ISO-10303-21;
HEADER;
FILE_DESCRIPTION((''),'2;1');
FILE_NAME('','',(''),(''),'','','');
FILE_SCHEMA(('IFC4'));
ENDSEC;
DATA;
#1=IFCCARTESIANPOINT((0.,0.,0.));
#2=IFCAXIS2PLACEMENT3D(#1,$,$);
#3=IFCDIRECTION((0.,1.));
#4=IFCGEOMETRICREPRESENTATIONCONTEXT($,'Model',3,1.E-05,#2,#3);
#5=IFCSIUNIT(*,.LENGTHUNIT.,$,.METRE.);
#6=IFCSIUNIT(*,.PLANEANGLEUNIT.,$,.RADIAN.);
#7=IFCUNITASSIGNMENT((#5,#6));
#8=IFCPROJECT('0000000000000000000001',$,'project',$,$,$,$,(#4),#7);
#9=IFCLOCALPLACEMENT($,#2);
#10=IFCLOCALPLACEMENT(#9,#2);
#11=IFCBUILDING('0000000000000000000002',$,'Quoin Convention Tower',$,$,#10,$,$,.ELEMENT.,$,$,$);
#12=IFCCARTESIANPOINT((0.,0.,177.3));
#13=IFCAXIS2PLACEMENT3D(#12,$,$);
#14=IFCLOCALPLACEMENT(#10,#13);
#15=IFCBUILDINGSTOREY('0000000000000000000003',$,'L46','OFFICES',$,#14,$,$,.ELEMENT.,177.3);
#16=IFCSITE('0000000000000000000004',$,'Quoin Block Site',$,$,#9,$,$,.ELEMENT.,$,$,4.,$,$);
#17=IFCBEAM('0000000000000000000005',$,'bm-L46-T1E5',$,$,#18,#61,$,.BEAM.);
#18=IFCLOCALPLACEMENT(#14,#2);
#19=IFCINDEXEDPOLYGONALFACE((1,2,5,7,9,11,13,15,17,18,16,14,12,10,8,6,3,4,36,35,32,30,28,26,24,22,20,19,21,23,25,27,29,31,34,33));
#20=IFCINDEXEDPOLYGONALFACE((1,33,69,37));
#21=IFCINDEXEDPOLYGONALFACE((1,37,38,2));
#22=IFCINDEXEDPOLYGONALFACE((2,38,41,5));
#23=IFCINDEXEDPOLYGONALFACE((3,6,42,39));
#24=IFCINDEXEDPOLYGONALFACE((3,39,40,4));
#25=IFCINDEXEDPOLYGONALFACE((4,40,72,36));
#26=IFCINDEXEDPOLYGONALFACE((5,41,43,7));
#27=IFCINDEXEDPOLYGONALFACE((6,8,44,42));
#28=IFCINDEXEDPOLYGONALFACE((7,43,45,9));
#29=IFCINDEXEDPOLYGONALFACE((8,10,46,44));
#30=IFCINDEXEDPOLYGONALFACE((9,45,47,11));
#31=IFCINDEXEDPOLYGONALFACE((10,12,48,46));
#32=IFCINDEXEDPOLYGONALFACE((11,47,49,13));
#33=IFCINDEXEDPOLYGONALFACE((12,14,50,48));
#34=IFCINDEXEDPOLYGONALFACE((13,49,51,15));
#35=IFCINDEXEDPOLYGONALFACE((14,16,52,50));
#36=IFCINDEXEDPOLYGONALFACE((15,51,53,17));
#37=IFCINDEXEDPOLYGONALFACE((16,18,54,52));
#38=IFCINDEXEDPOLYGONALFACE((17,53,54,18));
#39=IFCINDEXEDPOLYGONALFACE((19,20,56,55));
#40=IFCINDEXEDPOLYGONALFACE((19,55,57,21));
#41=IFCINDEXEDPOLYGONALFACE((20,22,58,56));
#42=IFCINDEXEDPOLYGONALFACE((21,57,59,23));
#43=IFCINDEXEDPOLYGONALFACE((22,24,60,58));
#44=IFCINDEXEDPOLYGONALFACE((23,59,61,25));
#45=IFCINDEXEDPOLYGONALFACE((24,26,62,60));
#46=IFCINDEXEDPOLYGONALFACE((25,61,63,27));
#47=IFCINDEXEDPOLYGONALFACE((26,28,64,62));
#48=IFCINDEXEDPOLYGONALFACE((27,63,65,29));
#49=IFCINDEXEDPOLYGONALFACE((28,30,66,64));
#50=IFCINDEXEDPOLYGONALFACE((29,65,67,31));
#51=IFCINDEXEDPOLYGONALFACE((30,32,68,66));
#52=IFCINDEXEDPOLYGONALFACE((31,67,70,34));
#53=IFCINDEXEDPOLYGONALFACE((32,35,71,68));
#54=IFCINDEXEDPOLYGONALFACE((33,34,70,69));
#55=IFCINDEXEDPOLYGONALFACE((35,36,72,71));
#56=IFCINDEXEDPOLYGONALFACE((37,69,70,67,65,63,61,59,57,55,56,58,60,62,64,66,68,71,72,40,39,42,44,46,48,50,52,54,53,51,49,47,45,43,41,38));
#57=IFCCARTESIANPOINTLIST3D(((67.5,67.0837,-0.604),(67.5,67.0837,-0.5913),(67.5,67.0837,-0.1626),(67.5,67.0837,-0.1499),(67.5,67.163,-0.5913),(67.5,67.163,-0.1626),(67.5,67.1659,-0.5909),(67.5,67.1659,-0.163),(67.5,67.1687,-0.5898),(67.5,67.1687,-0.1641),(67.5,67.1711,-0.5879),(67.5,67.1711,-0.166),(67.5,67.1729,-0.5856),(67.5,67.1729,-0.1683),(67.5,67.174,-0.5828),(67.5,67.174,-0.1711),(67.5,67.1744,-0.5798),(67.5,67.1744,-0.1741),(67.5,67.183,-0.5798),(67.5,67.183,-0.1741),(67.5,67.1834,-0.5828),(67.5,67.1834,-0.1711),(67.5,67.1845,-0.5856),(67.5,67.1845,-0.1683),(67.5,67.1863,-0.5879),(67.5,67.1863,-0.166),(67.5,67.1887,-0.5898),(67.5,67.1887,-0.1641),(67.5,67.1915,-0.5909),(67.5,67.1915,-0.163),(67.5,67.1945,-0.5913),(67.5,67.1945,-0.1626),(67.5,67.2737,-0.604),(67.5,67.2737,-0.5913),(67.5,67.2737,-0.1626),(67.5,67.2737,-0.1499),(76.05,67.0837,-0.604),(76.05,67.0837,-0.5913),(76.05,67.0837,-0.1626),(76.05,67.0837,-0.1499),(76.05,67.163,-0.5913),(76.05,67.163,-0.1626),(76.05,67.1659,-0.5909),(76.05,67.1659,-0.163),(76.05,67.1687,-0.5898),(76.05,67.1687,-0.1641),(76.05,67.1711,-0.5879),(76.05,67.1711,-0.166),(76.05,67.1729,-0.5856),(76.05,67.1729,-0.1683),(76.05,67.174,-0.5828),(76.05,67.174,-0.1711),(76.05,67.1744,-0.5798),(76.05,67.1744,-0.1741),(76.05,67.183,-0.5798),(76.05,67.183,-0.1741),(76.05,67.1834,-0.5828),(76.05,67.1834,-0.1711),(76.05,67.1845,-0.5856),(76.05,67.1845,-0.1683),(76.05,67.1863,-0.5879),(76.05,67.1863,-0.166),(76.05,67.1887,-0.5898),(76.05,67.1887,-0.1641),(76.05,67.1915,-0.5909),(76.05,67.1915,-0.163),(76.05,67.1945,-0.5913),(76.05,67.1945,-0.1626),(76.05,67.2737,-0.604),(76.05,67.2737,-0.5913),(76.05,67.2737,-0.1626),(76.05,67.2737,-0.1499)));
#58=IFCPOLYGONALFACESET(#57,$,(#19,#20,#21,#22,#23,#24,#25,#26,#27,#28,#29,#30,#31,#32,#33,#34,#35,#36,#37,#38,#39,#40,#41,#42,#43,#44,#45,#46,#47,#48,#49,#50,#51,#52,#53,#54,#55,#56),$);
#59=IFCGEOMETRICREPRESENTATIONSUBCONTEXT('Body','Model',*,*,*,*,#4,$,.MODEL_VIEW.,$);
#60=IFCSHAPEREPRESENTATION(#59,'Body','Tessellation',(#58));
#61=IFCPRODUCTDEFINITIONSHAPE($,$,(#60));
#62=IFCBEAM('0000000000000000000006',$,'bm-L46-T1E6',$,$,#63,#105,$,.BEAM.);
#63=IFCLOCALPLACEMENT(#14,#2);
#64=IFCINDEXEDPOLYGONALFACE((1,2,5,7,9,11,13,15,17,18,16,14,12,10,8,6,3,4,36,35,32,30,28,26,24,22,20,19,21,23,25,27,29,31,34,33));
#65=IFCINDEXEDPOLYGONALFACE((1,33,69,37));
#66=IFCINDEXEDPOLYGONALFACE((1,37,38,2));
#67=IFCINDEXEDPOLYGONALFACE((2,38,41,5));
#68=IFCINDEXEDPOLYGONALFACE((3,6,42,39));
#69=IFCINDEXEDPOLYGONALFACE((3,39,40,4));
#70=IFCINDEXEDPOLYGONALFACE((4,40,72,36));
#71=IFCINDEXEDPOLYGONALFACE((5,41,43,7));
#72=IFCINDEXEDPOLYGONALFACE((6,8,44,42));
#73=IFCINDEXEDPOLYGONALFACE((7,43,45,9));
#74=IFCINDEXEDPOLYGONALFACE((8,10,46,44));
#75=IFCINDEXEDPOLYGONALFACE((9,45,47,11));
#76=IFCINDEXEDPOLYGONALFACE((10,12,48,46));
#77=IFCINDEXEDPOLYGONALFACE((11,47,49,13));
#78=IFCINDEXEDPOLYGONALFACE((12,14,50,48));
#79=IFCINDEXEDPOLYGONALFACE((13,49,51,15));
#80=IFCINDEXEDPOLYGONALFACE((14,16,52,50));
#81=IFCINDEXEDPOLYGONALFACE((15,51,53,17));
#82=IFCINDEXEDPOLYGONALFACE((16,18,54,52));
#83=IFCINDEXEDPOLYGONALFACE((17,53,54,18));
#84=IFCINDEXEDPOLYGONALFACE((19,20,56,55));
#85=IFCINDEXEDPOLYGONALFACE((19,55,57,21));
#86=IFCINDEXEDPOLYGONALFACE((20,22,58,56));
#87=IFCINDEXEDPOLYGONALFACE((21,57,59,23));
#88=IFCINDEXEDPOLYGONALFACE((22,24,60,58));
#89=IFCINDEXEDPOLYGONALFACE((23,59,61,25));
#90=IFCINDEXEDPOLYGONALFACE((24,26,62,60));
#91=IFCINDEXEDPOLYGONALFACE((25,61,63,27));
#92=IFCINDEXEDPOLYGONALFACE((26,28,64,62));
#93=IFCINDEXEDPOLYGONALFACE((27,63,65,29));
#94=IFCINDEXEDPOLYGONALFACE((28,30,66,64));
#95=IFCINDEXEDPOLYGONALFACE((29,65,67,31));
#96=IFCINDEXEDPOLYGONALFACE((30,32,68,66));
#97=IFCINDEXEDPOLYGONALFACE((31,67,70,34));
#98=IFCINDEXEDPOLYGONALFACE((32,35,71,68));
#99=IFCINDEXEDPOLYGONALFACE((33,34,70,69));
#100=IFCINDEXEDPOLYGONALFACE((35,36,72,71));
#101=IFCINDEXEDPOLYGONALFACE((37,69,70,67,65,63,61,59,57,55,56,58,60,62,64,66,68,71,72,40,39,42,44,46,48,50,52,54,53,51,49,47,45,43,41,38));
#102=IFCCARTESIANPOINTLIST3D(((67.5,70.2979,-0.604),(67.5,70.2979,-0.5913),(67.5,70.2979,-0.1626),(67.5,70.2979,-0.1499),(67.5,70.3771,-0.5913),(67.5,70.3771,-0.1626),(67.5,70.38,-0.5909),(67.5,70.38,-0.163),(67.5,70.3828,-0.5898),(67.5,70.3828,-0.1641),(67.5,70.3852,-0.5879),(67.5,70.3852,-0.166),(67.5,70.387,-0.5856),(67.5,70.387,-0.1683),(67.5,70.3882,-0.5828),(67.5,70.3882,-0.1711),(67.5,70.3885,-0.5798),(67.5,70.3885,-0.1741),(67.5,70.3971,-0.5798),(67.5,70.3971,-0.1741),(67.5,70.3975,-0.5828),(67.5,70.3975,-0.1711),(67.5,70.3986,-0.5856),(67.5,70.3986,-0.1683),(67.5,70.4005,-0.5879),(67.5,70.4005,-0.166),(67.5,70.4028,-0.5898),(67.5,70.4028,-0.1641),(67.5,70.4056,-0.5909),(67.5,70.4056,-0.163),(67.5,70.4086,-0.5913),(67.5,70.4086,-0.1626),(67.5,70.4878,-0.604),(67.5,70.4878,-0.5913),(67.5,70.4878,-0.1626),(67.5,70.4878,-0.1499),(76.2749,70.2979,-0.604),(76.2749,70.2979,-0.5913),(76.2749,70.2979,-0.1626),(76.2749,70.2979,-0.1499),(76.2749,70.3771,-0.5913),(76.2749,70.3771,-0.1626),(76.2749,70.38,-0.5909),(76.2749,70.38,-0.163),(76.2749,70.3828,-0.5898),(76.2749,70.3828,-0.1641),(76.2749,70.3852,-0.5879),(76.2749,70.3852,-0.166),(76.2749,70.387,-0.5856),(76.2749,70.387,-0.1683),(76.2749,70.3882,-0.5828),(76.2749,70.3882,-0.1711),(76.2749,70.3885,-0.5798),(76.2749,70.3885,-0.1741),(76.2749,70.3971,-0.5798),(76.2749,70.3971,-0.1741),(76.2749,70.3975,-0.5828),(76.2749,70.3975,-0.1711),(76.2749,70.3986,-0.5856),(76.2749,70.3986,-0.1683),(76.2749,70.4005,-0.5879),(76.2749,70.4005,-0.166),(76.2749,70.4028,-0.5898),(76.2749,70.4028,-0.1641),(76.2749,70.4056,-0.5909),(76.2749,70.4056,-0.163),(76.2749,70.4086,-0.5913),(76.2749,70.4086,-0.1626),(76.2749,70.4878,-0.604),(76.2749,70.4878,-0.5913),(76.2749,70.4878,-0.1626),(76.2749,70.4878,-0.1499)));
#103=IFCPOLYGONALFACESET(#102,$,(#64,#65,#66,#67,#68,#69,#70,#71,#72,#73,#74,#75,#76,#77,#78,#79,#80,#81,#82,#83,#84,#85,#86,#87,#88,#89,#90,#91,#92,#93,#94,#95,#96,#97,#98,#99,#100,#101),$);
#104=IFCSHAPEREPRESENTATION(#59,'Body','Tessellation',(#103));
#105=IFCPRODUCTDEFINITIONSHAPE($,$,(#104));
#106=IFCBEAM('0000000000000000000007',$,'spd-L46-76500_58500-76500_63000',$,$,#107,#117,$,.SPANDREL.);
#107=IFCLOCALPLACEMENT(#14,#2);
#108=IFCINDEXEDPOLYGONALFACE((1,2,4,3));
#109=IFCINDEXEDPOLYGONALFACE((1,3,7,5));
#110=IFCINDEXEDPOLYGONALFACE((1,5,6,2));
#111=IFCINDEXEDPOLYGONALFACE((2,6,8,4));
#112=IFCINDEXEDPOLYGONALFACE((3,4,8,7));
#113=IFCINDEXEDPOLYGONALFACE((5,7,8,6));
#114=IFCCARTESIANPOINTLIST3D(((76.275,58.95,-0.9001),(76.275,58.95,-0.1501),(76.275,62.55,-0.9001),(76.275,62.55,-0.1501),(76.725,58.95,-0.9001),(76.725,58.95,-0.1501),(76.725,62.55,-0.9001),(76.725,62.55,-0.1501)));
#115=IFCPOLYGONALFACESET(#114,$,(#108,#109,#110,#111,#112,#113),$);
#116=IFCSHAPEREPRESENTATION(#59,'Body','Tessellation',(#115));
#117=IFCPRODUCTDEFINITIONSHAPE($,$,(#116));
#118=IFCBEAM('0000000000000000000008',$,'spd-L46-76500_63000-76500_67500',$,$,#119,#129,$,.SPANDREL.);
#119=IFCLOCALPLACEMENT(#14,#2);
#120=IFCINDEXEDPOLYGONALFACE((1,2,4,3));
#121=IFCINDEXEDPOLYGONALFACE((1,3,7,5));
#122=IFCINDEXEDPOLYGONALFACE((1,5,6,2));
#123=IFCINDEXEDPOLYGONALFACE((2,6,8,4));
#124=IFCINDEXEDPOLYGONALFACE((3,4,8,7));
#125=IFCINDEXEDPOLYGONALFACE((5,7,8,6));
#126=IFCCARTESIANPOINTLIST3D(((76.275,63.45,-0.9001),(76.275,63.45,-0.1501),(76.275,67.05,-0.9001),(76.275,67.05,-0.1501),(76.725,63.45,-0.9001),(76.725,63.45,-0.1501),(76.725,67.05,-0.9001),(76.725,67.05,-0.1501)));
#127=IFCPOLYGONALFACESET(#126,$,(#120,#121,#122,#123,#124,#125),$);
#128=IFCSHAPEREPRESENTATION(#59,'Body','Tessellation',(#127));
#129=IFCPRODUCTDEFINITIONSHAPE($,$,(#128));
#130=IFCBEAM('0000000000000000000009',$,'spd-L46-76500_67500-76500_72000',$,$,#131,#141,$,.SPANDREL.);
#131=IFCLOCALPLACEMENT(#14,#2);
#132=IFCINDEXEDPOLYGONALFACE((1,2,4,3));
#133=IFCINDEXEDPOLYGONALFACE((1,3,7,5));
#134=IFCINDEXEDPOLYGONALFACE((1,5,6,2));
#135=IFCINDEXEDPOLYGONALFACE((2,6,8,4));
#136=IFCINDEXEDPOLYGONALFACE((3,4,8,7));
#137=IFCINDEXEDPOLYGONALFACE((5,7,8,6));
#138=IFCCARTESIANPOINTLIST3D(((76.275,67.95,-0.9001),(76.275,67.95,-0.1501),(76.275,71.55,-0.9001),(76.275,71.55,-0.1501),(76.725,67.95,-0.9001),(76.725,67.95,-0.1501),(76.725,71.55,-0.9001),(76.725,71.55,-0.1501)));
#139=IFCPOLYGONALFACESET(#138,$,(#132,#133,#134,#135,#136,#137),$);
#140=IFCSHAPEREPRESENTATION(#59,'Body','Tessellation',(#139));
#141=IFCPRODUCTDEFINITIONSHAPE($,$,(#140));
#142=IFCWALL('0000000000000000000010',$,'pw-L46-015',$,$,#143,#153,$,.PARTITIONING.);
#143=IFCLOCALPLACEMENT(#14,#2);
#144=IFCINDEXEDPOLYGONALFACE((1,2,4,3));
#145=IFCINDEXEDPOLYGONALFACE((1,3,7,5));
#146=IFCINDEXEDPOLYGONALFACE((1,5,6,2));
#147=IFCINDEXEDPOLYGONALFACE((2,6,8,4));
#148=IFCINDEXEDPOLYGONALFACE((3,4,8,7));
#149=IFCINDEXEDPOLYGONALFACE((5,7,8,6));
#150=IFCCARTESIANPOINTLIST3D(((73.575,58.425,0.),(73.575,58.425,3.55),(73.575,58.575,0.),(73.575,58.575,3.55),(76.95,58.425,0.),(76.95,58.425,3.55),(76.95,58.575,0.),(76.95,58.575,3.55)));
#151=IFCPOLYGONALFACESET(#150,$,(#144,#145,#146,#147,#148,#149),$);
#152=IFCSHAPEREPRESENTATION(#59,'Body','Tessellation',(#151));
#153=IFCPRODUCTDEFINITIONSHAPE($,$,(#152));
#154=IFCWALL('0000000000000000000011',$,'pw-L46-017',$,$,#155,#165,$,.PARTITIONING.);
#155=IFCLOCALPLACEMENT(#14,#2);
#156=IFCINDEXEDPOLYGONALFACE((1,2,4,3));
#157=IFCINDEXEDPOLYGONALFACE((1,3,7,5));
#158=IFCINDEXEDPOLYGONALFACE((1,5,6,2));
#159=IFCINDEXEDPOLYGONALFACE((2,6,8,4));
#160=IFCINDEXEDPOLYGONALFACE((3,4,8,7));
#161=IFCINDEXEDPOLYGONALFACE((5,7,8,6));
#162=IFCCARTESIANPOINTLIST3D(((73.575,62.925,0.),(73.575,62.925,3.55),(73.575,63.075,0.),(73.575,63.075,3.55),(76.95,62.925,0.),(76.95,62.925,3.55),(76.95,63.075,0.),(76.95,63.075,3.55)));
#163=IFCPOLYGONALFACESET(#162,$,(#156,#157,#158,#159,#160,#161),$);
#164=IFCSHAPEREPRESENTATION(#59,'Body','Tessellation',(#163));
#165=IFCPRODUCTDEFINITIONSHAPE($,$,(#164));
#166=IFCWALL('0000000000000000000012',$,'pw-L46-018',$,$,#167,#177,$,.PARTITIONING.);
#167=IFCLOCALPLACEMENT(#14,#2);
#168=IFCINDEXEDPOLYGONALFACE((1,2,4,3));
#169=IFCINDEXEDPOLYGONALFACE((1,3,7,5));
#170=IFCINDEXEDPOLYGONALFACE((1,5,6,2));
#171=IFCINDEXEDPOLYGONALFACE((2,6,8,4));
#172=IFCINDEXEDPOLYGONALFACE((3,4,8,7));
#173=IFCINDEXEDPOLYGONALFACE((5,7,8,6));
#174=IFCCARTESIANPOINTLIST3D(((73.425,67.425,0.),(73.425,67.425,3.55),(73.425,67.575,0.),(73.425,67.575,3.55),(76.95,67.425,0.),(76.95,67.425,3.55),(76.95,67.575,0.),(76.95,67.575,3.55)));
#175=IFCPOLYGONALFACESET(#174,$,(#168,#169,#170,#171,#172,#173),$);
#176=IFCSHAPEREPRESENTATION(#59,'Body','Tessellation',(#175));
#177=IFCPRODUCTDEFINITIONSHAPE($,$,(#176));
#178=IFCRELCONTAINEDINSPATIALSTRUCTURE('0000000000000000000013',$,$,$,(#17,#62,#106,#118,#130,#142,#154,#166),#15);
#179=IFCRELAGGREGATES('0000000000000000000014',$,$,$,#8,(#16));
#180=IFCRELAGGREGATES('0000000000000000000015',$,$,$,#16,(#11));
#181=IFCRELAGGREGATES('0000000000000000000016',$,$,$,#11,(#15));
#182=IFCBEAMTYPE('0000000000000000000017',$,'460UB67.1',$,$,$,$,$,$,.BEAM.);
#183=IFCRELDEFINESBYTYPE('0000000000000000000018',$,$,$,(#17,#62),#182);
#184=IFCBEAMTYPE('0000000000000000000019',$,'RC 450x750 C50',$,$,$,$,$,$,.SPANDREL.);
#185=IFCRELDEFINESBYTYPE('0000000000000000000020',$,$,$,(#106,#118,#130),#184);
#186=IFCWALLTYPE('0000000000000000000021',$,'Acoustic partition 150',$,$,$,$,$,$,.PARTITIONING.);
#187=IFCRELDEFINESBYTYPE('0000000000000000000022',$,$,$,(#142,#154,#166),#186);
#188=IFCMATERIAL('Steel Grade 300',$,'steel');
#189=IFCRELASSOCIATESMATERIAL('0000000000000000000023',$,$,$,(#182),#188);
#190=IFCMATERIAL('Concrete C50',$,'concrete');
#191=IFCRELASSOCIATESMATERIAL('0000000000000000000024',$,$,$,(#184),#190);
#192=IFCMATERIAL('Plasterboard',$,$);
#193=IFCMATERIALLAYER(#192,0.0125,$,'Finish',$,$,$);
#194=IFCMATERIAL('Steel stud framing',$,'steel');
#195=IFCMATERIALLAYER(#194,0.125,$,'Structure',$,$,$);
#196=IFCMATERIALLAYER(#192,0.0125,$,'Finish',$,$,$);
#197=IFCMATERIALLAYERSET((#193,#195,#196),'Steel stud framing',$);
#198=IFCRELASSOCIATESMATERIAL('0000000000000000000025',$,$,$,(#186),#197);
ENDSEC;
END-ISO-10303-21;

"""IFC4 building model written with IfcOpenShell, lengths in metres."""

from ifc_helpers import new_model, si_unit, direction, frame, frame_2d, origin, origin_2d, place, context, subcontext, project, spatial, rectangle, i_section, extrude, material, layer, layer_set, material_profile, profile_set, type_object, element, save


model = new_model("IFC4")

# Units and contexts
model_context = context("Model", 3, precision=1e-05, world=origin(), true_north=direction((0.0, 1.0)))
body_context = subcontext(model_context, "Body", "Model", "MODEL_VIEW")
ifc_project = project(units=[si_unit("LENGTHUNIT", "METRE"), si_unit("PLANEANGLEUNIT", "RADIAN")], contexts=[model_context])

# Site, building, storey
site_placement = place(None, origin())
site = spatial("IfcSite", under=ifc_project, at=site_placement, Name="Quoin Block Site", CompositionType="ELEMENT", RefElevation=4.0)
building_placement = place(site_placement, origin())
building = spatial("IfcBuilding", under=site, at=building_placement, Name="Quoin Convention Tower", CompositionType="ELEMENT")
storey_placement = place(building_placement, frame((0.0, 0.0, 177.3)))
storey = spatial("IfcBuildingStorey", under=building, at=storey_placement, Name="L46", Description="OFFICES", CompositionType="ELEMENT", Elevation=177.3)

# Shared definitions
ifc_material_1 = material(Name="Concrete C50", Category="concrete")

# Beams
ifc_material_2 = material(Name="Steel Grade 300", Category="steel")
ifc_material_profile_1 = material_profile(ifc_material_2, i_section(OverallWidth=0.1899, OverallDepth=0.4541, WebThickness=0.0085, FlangeThickness=0.0127, FilletRadius=0.0115, at=origin_2d()), Name="460UB67.1")
ifc_profile_set_1 = profile_set([ifc_material_profile_1], Name="Steel Grade 300")
beam_type_1 = type_object("IfcBeamType", Name="460UB67.1", PredefinedType="BEAM", material=ifc_profile_set_1)
beam_1_placement = place(storey_placement, frame((67.5, 67.1787, -0.377), z_axis=(1.0, 0.0, 0.0), x_axis=(0.0, 1.0, 0.0)))
element("IfcBeam", 1, at=beam_1_placement, inside=storey, type_object=beam_type_1, Name="bm-L46-T1E5", PredefinedType="BEAM", context=body_context, shape_type="SweptSolid", body=[
    extrude(i_section(OverallWidth=0.1899, OverallDepth=0.4541, WebThickness=0.0085, FlangeThickness=0.0127, FilletRadius=0.0115, at=origin_2d()), origin(), (0.0, 0.0, 1.0), 8.55),
])
beam_2_placement = place(storey_placement, frame((67.5, 70.3928, -0.377), z_axis=(1.0, 0.0, 0.0), x_axis=(0.0, 1.0, 0.0)))
element("IfcBeam", 2, at=beam_2_placement, inside=storey, type_object=beam_type_1, Name="bm-L46-T1E6", PredefinedType="BEAM", context=body_context, shape_type="SweptSolid", body=[
    extrude(i_section(OverallWidth=0.1899, OverallDepth=0.4541, WebThickness=0.0085, FlangeThickness=0.0127, FilletRadius=0.0115, at=origin_2d()), origin(), (0.0, 0.0, 1.0), 8.7749),
])
ifc_material_profile_2 = material_profile(ifc_material_1, rectangle(XDim=0.45, YDim=0.75, at=origin_2d()), Name="RC 450x750")
ifc_profile_set_2 = profile_set([ifc_material_profile_2], Name="Concrete C50")
beam_type_2 = type_object("IfcBeamType", Name="RC 450x750 C50", PredefinedType="SPANDREL", material=ifc_profile_set_2)
for number, where, z_axis, x_axis, name in (
    (3, (76.5, 58.95, -0.5251), (0.0, 1.0, 0.0), (-1.0, 0.0, 0.0), "spd-L46-76500_58500-76500_63000"),
    (4, (76.5, 63.45, -0.5251), (0.0, 1.0, 0.0), (-1.0, 0.0, 0.0), "spd-L46-76500_63000-76500_67500"),
    (5, (76.5, 67.95, -0.5251), (0.0, 1.0, 0.0), (-1.0, 0.0, 0.0), "spd-L46-76500_67500-76500_72000"),
):
    element("IfcBeam", number, at=place(storey_placement, frame(where, z_axis=z_axis, x_axis=x_axis)), inside=storey, type_object=beam_type_2, Name=name, PredefinedType="SPANDREL", context=body_context, shape_type="SweptSolid", body=[
        extrude(rectangle(XDim=0.45, YDim=0.75, at=origin_2d()), origin(), (0.0, 0.0, 1.0), 3.6001),
    ])

# Walls
ifc_material_3 = material(Name="Plasterboard")
ifc_layer_1 = layer(ifc_material_3, 0.0125, Name="Finish")
ifc_material_4 = material(Name="Steel stud framing", Category="steel")
ifc_layer_2 = layer(ifc_material_4, 0.125, Name="Structure")
ifc_layer_3 = layer(ifc_material_3, 0.0125, Name="Finish")
ifc_layer_set_1 = layer_set([ifc_layer_1, ifc_layer_2, ifc_layer_3], Name="Steel stud framing")
wall_type_1 = type_object("IfcWallType", Name="Acoustic partition 150", PredefinedType="PARTITIONING", material=ifc_layer_set_1)
for number, where, z_axis, x_axis, name in (
    (6, (73.575, 58.5, 0.0), (0.0, 0.0, 1.0), (1.0, 0.0, 0.0), "pw-L46-015"),
    (7, (73.575, 63.0, 0.0), (0.0, 0.0, 1.0), (1.0, 0.0, 0.0), "pw-L46-017"),
):
    element("IfcWall", number, at=place(storey_placement, frame(where, z_axis=z_axis, x_axis=x_axis)), inside=storey, type_object=wall_type_1, Name=name, PredefinedType="PARTITIONING", context=body_context, shape_type="SweptSolid", body=[
        extrude(rectangle(XDim=3.375, YDim=0.1499, at=frame_2d((1.6875, 0.0))), origin(), (0.0, 0.0, 1.0), 3.55),
    ])
wall_1_placement = place(storey_placement, frame((73.425, 67.5, 0.0), z_axis=(0.0, 0.0, 1.0), x_axis=(1.0, 0.0, 0.0)))
element("IfcWall", 8, at=wall_1_placement, inside=storey, type_object=wall_type_1, Name="pw-L46-018", PredefinedType="PARTITIONING", context=body_context, shape_type="SweptSolid", body=[
    extrude(rectangle(XDim=3.5249, YDim=0.1499, at=frame_2d((1.7625, 0.0))), origin(), (0.0, 0.0, 1.0), 3.55),
])

save(model, "model.ifc")
